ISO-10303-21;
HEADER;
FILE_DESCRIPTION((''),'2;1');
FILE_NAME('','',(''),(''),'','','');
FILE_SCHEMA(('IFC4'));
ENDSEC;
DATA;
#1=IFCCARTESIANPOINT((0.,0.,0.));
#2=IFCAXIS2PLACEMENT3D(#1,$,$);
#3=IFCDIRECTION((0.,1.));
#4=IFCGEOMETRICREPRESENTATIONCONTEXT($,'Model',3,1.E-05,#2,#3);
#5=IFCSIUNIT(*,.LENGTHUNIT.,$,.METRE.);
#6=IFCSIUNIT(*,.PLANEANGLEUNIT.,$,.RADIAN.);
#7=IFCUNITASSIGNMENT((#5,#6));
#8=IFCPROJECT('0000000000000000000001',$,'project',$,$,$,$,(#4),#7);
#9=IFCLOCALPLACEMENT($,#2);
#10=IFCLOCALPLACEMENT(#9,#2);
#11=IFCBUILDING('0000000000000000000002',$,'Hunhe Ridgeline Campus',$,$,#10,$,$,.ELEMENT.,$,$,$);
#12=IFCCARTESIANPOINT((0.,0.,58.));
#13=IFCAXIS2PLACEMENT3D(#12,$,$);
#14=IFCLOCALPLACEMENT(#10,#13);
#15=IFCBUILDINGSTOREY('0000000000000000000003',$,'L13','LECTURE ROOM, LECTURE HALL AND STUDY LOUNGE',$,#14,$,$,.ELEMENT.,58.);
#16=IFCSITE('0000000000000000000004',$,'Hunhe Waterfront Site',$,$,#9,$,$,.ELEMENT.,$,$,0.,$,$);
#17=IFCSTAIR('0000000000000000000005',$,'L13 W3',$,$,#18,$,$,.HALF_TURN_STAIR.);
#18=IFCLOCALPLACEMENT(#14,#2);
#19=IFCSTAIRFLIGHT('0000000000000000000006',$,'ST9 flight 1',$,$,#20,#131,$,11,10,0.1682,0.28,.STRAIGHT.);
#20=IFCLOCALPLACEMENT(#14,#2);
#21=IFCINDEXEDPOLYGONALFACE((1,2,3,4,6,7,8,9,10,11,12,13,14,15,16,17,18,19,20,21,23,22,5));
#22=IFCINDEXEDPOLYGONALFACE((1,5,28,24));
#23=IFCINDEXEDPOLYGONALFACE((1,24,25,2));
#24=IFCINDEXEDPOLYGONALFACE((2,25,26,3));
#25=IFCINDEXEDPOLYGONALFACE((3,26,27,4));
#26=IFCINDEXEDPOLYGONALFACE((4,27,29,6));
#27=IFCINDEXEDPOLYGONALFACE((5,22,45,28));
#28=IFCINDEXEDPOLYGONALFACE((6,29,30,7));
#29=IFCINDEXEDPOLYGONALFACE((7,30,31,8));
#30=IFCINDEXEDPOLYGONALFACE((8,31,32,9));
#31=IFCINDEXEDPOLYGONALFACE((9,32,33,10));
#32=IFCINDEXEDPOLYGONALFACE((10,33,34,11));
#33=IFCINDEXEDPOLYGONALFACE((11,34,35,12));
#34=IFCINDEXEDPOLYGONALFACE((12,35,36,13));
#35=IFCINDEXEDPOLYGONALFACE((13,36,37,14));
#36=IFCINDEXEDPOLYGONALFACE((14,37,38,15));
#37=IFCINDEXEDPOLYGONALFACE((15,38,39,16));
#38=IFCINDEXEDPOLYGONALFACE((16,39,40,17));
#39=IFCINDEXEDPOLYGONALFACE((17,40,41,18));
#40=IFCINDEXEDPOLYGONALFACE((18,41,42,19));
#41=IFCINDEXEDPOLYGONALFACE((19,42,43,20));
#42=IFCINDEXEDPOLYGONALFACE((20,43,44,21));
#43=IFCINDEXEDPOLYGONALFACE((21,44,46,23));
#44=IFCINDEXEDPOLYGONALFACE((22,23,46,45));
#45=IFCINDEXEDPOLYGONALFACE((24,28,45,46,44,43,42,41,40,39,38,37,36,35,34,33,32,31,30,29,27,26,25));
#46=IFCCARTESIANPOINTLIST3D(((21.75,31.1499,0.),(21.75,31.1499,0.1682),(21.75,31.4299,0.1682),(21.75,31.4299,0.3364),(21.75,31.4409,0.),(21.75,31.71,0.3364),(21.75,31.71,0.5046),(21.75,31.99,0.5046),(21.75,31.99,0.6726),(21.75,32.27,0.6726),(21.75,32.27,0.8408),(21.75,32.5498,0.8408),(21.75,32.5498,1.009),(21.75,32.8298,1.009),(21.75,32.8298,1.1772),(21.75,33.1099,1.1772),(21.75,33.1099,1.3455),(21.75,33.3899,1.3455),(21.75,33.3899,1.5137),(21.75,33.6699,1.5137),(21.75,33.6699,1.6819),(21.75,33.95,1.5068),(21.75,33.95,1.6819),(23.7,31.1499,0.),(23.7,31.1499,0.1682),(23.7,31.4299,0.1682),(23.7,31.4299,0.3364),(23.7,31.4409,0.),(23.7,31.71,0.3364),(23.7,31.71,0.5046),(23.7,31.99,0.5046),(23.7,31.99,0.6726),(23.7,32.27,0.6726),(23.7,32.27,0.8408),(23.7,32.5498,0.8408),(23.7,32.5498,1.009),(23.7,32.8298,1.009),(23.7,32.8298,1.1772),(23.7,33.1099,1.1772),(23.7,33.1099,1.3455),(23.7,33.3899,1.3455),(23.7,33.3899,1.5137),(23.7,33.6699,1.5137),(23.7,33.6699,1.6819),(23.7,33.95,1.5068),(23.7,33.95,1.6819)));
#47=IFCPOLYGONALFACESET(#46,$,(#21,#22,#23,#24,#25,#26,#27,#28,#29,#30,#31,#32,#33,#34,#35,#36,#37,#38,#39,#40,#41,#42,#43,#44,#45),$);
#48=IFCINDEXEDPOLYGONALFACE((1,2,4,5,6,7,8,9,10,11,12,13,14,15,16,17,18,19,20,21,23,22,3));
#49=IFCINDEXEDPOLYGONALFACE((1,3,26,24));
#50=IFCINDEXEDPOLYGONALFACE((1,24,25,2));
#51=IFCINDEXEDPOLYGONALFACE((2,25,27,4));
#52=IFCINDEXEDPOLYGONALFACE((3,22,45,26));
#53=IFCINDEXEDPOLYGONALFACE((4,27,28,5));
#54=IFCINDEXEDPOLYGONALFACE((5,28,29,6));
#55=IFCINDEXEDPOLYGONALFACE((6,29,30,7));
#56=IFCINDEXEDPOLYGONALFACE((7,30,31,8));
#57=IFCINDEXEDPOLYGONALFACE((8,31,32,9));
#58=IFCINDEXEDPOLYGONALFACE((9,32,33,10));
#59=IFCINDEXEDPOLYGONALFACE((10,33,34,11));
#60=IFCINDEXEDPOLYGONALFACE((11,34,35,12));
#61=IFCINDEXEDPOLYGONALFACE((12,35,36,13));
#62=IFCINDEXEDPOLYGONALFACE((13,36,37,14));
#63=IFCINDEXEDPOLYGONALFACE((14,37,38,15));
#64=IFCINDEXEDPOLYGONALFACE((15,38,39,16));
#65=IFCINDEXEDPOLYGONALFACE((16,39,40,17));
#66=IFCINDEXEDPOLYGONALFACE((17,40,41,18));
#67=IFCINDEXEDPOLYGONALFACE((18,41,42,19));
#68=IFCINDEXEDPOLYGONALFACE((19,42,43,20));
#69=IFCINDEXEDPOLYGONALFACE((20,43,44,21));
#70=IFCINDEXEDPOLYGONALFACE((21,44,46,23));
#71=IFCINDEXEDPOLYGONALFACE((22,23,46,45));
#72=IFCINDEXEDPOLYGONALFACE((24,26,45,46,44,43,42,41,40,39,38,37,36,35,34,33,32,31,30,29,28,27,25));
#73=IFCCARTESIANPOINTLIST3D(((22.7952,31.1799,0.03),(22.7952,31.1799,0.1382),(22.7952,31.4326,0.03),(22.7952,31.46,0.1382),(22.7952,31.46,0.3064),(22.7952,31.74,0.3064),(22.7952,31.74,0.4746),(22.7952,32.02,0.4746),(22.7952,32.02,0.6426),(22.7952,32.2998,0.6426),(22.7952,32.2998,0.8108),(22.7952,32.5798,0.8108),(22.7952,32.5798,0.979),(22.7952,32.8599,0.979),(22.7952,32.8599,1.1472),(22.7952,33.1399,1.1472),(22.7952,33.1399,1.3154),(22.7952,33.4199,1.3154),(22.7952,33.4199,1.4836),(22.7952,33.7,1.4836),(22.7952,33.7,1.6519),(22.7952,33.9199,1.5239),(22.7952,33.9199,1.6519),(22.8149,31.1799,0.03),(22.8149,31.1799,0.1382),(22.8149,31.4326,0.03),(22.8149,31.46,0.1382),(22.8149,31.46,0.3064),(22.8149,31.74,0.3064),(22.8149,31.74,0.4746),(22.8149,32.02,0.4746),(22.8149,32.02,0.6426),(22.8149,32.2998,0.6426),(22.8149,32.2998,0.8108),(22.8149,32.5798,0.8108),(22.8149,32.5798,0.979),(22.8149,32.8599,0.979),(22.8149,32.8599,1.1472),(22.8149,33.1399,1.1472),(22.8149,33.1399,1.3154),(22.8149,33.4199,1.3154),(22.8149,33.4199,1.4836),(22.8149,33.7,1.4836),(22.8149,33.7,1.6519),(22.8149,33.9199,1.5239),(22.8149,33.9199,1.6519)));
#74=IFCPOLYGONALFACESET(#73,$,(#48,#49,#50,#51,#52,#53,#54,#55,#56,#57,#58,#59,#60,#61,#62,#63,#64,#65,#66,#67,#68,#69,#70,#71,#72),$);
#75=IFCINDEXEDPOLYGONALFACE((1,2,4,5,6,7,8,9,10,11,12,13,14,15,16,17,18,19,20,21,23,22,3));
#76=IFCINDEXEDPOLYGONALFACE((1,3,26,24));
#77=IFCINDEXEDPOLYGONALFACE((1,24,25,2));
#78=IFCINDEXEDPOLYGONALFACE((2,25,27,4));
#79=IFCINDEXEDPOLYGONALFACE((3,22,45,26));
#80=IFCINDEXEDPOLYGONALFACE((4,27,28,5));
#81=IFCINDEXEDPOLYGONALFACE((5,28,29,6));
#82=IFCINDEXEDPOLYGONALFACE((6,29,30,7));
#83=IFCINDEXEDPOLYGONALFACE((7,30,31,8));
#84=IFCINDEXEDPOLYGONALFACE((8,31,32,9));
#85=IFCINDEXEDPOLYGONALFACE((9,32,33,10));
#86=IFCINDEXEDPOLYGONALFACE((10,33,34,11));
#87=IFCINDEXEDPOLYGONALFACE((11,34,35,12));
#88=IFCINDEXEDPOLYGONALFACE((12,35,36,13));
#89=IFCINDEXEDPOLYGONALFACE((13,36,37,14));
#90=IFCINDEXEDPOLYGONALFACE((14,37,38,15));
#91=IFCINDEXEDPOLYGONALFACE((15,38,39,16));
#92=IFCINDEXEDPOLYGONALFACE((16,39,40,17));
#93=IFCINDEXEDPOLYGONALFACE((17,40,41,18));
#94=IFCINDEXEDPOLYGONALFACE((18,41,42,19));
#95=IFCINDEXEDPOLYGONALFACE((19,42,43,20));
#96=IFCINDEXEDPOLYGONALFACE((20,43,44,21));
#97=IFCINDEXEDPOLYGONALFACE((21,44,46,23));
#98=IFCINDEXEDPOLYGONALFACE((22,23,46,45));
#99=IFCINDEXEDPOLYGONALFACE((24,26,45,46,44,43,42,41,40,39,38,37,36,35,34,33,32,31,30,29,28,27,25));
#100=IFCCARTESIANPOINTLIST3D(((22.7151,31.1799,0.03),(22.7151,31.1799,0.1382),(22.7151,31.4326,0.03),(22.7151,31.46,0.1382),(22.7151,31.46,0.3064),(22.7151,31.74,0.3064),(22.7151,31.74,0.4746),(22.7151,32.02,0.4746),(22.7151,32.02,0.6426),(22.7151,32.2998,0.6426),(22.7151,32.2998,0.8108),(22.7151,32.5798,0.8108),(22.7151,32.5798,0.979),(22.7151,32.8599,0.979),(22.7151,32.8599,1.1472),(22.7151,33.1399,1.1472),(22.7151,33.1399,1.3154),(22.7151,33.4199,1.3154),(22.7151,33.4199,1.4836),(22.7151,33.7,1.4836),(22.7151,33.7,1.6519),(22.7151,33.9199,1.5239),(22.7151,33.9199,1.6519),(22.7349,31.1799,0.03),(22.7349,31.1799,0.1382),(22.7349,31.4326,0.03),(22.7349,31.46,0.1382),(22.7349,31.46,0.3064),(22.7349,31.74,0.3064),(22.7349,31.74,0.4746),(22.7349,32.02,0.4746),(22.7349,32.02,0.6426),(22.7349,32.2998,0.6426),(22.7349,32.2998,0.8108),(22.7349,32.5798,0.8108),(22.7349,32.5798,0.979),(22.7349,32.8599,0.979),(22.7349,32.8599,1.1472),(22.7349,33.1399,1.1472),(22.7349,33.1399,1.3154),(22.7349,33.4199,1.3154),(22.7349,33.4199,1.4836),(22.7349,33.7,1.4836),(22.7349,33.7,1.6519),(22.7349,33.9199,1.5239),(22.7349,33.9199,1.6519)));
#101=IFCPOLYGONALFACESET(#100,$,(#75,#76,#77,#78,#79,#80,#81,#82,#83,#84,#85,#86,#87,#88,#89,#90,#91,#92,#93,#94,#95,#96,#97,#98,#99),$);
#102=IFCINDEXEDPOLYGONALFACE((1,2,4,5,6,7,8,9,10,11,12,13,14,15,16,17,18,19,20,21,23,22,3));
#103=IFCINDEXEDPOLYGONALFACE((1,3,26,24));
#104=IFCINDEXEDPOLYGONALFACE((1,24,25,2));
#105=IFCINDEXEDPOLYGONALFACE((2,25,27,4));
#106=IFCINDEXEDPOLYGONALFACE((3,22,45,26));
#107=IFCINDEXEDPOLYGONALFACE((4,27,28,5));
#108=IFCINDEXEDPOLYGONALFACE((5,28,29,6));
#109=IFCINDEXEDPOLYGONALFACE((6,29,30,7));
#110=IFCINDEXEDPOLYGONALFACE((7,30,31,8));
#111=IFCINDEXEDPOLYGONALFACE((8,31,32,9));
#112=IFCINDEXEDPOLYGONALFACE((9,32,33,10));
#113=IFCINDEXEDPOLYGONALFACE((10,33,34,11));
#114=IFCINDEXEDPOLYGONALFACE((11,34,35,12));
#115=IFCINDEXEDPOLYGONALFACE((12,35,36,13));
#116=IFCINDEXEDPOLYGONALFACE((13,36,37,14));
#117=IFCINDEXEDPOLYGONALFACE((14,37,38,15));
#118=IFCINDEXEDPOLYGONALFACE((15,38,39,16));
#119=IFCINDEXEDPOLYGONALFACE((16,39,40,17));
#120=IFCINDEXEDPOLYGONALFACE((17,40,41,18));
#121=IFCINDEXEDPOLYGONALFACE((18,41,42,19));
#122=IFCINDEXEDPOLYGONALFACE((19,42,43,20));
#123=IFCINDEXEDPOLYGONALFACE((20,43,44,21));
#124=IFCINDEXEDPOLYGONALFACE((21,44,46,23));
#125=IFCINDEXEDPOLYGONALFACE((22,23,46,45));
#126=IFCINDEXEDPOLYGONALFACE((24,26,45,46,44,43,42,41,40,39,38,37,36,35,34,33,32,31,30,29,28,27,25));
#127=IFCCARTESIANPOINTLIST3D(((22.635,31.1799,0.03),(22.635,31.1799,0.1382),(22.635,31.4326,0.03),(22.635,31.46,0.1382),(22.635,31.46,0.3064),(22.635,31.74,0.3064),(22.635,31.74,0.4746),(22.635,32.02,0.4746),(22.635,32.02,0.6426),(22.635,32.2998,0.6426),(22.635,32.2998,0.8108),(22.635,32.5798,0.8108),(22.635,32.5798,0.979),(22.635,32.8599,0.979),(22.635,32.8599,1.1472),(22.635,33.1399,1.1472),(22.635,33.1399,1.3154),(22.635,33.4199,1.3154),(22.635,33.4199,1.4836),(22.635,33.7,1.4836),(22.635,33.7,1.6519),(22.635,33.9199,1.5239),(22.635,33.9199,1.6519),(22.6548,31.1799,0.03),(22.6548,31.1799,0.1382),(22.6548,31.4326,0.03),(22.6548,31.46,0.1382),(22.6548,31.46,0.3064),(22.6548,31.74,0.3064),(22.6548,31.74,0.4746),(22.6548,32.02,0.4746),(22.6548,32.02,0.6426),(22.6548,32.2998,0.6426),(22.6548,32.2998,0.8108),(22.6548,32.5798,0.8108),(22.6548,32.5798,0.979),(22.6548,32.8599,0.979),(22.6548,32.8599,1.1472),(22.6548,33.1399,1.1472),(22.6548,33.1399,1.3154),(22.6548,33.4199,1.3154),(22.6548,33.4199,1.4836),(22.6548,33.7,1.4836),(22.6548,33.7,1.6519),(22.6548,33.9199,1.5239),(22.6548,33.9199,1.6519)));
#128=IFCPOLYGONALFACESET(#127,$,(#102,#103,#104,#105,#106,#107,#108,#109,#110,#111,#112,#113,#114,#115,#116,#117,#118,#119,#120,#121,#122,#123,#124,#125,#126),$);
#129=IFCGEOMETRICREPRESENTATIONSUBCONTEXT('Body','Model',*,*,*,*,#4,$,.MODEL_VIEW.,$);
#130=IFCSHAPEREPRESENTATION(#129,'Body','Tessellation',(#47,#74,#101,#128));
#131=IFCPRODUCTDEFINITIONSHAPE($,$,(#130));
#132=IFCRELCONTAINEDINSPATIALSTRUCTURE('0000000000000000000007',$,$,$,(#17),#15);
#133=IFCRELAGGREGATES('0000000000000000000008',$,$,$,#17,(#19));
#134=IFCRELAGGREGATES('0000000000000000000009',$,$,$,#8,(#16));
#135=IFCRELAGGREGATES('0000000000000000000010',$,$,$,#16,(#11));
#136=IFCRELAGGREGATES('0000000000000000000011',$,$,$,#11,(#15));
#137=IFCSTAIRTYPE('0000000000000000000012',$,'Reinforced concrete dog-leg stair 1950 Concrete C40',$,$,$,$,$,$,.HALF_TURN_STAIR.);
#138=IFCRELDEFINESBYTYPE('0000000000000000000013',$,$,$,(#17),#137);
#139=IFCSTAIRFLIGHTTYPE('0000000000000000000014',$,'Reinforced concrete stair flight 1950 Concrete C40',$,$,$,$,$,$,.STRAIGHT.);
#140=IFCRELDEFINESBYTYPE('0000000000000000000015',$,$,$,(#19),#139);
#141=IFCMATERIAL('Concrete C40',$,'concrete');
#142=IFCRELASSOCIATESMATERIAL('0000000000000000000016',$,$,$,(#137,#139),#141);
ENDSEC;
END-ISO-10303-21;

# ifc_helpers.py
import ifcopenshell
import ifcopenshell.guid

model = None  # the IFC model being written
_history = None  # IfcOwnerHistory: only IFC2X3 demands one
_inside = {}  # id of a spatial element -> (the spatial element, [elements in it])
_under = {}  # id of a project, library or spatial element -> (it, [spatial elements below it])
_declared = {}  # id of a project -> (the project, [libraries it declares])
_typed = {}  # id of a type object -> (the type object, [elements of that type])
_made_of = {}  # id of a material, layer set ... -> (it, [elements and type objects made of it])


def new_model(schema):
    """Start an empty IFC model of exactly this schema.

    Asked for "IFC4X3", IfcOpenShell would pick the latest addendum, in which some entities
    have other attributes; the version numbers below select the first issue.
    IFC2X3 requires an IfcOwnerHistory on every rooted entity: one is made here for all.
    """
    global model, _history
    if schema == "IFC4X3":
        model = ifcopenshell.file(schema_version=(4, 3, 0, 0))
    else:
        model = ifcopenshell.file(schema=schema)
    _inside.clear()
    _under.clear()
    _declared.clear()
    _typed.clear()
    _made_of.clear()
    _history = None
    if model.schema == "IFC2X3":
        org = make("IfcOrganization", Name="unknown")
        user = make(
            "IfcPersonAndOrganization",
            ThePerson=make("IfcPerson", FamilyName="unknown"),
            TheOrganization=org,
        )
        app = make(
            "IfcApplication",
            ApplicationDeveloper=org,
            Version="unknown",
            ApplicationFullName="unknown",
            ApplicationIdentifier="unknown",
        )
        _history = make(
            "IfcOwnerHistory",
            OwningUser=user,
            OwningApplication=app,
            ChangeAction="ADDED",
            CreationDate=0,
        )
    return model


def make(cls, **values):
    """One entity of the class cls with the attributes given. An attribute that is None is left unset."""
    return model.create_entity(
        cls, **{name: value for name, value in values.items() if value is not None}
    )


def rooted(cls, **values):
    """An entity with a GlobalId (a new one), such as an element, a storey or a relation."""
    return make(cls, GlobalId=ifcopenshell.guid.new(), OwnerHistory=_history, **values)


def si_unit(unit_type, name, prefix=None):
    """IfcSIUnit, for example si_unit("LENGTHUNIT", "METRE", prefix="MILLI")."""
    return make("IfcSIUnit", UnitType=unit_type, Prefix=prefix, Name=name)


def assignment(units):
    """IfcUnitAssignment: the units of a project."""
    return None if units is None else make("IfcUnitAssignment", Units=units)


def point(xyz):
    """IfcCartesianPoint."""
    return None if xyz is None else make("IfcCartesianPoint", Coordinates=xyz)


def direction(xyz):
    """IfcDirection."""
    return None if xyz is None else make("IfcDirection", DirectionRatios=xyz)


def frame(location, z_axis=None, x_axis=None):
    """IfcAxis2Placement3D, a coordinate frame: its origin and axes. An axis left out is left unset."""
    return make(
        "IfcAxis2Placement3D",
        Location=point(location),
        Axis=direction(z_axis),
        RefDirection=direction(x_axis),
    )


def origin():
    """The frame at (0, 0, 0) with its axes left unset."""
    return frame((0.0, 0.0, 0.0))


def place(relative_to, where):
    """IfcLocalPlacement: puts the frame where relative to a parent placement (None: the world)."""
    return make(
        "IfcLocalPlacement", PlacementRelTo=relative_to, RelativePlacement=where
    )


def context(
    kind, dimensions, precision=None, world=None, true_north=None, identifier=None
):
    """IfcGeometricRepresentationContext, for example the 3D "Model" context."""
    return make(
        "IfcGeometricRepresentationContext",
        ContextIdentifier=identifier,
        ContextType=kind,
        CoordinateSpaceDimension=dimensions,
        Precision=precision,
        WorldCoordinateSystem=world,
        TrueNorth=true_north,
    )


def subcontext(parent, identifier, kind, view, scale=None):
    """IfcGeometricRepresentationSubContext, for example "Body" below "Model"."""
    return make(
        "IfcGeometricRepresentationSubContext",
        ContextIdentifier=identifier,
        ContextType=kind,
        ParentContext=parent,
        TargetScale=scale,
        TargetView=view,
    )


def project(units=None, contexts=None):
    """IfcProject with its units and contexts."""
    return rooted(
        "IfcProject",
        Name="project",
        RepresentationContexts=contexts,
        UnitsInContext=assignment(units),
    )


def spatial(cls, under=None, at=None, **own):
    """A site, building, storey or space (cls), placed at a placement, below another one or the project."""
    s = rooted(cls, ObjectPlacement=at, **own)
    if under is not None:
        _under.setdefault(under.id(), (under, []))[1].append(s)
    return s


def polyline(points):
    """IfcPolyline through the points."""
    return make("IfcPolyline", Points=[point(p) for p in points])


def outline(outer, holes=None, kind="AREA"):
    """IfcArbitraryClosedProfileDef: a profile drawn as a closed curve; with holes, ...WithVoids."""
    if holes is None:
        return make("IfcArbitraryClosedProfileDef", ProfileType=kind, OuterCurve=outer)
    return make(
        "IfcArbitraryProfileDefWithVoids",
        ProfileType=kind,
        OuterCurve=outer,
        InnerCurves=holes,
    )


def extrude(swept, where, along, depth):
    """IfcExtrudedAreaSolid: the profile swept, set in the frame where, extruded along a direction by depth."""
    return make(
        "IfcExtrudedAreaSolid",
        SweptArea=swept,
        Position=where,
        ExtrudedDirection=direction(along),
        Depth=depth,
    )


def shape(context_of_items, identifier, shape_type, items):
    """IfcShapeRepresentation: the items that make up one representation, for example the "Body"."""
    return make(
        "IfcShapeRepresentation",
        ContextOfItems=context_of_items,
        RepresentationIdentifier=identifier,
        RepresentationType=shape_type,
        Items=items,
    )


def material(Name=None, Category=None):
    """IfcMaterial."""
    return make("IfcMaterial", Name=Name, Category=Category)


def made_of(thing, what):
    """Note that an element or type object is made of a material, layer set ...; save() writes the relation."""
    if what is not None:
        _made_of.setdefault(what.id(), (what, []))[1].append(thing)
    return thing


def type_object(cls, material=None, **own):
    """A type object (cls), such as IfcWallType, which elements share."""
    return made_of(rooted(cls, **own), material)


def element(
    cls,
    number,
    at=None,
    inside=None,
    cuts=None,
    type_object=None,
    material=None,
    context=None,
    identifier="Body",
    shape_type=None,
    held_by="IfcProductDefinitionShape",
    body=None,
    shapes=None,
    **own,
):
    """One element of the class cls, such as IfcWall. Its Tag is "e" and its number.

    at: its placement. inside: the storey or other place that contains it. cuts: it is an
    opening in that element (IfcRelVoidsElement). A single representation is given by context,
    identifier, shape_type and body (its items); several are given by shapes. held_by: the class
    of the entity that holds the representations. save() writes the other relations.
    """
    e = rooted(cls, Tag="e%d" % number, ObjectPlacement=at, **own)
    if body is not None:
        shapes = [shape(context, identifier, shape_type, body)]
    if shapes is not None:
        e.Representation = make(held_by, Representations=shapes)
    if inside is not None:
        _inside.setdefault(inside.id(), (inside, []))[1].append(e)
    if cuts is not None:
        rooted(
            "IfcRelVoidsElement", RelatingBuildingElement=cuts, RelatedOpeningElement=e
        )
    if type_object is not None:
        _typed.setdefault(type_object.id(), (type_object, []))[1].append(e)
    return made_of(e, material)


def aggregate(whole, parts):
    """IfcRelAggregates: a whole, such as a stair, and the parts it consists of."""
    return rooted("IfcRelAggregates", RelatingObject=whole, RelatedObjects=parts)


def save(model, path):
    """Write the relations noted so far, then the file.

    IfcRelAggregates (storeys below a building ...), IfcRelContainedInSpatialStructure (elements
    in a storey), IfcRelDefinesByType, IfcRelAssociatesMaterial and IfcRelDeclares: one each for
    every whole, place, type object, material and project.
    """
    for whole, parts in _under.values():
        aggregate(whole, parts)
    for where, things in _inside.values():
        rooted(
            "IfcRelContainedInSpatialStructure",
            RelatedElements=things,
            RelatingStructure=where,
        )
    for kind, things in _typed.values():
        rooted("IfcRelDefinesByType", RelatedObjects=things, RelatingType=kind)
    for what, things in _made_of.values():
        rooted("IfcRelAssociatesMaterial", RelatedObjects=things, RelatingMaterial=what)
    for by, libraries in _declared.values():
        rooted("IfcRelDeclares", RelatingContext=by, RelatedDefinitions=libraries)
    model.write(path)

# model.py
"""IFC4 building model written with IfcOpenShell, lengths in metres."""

from ifc_helpers import new_model, si_unit, direction, frame, origin, place, context, subcontext, project, spatial, polyline, outline, extrude, material, type_object, element, aggregate, save


model = new_model("IFC4")

# Units and contexts
model_context = context("Model", 3, precision=1e-05, world=origin(), true_north=direction((0.0, 1.0)))
body_context = subcontext(model_context, "Body", "Model", "MODEL_VIEW")
ifc_project = project(units=[si_unit("LENGTHUNIT", "METRE"), si_unit("PLANEANGLEUNIT", "RADIAN")], contexts=[model_context])

# Site, building, storey
site_placement = place(None, origin())
site = spatial("IfcSite", under=ifc_project, at=site_placement, Name="Hunhe Waterfront Site", CompositionType="ELEMENT", RefElevation=0.0)
building_placement = place(site_placement, origin())
building = spatial("IfcBuilding", under=site, at=building_placement, Name="Hunhe Ridgeline Campus", CompositionType="ELEMENT")
storey_placement = place(building_placement, frame((0.0, 0.0, 58.0)))
storey = spatial("IfcBuildingStorey", under=building, at=storey_placement, Name="L13", Description="LECTURE ROOM, LECTURE HALL AND STUDY LOUNGE", CompositionType="ELEMENT", Elevation=58.0)

# Stair, stair flight
ifc_material_1 = material(Name="Concrete C40", Category="concrete")
stair_type = type_object("IfcStairType", Name="Reinforced concrete dog-leg stair 1950 Concrete C40", PredefinedType="HALF_TURN_STAIR", material=ifc_material_1)
stair_placement = place(storey_placement, origin())
stair = element("IfcStair", 1, at=stair_placement, inside=storey, type_object=stair_type, Name="L13 W3", PredefinedType="HALF_TURN_STAIR")
stair_flight_type = type_object("IfcStairFlightType", Name="Reinforced concrete stair flight 1950 Concrete C40", PredefinedType="STRAIGHT", material=ifc_material_1)
stair_flight_placement = place(storey_placement, frame((22.7251, 31.1499, 0.0), z_axis=(0.0, 0.0, 1.0), x_axis=(0.0, 1.0, 0.0)))
stair_flight = element("IfcStairFlight", 2, at=stair_flight_placement, type_object=stair_flight_type, Name="ST9 flight 1", NumberOfRisers=11, NumberOfTreads=10, PredefinedType="STRAIGHT", RiserHeight=0.1682, TreadLength=0.28, context=body_context, shape_type="SweptSolid", body=[
    extrude(outline(polyline([(0.0, 0.0), (0.0, 0.1682), (0.28, 0.1682), (0.28, 0.3364), (0.5601, 0.3364), (0.5601, 0.5046), (0.8401, 0.5046), (0.8401, 0.6726), (1.1201, 0.6726), (1.1201, 0.8408), (1.3999, 0.8408), (1.3999, 1.009), (1.6799, 1.009), (1.6799, 1.1772), (1.96, 1.1772), (1.96, 1.3455), (2.24, 1.3455), (2.24, 1.5137), (2.52, 1.5137), (2.52, 1.6819), (2.8, 1.6819), (2.8, 1.8501), (2.8, 1.5068), (0.291, 0.0), (0.0, 0.0)])), frame((0.0, 0.9751, 0.0), z_axis=(0.0, -1.0, 0.0), x_axis=(1.0, 0.0, 0.0)), (0.0, 0.0, 1.0), 1.95),
    extrude(outline(polyline([(0.03, 0.03), (0.03, 0.1382), (0.3101, 0.1382), (0.3101, 0.3064), (0.5901, 0.3064), (0.5901, 0.4746), (0.8701, 0.4746), (0.8701, 0.6426), (1.1499, 0.6426), (1.1499, 0.8108), (1.4299, 0.8108), (1.4299, 0.979), (1.71, 0.979), (1.71, 1.1472), (1.99, 1.1472), (1.99, 1.3154), (2.27, 1.3154), (2.27, 1.4836), (2.55, 1.4836), (2.55, 1.6519), (2.77, 1.6519), (2.77, 1.5239), (0.2827, 0.03), (0.03, 0.03)])), frame((0.0, -0.0701, 0.0), z_axis=(0.0, -1.0, 0.0), x_axis=(1.0, 0.0, 0.0)), (0.0, 0.0, 1.0), 0.0198),
    extrude(outline(polyline([(0.03, 0.03), (0.03, 0.1382), (0.3101, 0.1382), (0.3101, 0.3064), (0.5901, 0.3064), (0.5901, 0.4746), (0.8701, 0.4746), (0.8701, 0.6426), (1.1499, 0.6426), (1.1499, 0.8108), (1.4299, 0.8108), (1.4299, 0.979), (1.71, 0.979), (1.71, 1.1472), (1.99, 1.1472), (1.99, 1.3154), (2.27, 1.3154), (2.27, 1.4836), (2.55, 1.4836), (2.55, 1.6519), (2.77, 1.6519), (2.77, 1.5239), (0.2827, 0.03), (0.03, 0.03)])), frame((0.0, 0.01, 0.0), z_axis=(0.0, -1.0, 0.0), x_axis=(1.0, 0.0, 0.0)), (0.0, 0.0, 1.0), 0.0198),
    extrude(outline(polyline([(0.03, 0.03), (0.03, 0.1382), (0.3101, 0.1382), (0.3101, 0.3064), (0.5901, 0.3064), (0.5901, 0.4746), (0.8701, 0.4746), (0.8701, 0.6426), (1.1499, 0.6426), (1.1499, 0.8108), (1.4299, 0.8108), (1.4299, 0.979), (1.71, 0.979), (1.71, 1.1472), (1.99, 1.1472), (1.99, 1.3154), (2.27, 1.3154), (2.27, 1.4836), (2.55, 1.4836), (2.55, 1.6519), (2.77, 1.6519), (2.77, 1.5239), (0.2827, 0.03), (0.03, 0.03)])), frame((0.0, 0.0901, 0.0), z_axis=(0.0, -1.0, 0.0), x_axis=(1.0, 0.0, 0.0)), (0.0, 0.0, 1.0), 0.0198),
])
aggregate(stair, [stair_flight])

save(model, "model.ifc")
